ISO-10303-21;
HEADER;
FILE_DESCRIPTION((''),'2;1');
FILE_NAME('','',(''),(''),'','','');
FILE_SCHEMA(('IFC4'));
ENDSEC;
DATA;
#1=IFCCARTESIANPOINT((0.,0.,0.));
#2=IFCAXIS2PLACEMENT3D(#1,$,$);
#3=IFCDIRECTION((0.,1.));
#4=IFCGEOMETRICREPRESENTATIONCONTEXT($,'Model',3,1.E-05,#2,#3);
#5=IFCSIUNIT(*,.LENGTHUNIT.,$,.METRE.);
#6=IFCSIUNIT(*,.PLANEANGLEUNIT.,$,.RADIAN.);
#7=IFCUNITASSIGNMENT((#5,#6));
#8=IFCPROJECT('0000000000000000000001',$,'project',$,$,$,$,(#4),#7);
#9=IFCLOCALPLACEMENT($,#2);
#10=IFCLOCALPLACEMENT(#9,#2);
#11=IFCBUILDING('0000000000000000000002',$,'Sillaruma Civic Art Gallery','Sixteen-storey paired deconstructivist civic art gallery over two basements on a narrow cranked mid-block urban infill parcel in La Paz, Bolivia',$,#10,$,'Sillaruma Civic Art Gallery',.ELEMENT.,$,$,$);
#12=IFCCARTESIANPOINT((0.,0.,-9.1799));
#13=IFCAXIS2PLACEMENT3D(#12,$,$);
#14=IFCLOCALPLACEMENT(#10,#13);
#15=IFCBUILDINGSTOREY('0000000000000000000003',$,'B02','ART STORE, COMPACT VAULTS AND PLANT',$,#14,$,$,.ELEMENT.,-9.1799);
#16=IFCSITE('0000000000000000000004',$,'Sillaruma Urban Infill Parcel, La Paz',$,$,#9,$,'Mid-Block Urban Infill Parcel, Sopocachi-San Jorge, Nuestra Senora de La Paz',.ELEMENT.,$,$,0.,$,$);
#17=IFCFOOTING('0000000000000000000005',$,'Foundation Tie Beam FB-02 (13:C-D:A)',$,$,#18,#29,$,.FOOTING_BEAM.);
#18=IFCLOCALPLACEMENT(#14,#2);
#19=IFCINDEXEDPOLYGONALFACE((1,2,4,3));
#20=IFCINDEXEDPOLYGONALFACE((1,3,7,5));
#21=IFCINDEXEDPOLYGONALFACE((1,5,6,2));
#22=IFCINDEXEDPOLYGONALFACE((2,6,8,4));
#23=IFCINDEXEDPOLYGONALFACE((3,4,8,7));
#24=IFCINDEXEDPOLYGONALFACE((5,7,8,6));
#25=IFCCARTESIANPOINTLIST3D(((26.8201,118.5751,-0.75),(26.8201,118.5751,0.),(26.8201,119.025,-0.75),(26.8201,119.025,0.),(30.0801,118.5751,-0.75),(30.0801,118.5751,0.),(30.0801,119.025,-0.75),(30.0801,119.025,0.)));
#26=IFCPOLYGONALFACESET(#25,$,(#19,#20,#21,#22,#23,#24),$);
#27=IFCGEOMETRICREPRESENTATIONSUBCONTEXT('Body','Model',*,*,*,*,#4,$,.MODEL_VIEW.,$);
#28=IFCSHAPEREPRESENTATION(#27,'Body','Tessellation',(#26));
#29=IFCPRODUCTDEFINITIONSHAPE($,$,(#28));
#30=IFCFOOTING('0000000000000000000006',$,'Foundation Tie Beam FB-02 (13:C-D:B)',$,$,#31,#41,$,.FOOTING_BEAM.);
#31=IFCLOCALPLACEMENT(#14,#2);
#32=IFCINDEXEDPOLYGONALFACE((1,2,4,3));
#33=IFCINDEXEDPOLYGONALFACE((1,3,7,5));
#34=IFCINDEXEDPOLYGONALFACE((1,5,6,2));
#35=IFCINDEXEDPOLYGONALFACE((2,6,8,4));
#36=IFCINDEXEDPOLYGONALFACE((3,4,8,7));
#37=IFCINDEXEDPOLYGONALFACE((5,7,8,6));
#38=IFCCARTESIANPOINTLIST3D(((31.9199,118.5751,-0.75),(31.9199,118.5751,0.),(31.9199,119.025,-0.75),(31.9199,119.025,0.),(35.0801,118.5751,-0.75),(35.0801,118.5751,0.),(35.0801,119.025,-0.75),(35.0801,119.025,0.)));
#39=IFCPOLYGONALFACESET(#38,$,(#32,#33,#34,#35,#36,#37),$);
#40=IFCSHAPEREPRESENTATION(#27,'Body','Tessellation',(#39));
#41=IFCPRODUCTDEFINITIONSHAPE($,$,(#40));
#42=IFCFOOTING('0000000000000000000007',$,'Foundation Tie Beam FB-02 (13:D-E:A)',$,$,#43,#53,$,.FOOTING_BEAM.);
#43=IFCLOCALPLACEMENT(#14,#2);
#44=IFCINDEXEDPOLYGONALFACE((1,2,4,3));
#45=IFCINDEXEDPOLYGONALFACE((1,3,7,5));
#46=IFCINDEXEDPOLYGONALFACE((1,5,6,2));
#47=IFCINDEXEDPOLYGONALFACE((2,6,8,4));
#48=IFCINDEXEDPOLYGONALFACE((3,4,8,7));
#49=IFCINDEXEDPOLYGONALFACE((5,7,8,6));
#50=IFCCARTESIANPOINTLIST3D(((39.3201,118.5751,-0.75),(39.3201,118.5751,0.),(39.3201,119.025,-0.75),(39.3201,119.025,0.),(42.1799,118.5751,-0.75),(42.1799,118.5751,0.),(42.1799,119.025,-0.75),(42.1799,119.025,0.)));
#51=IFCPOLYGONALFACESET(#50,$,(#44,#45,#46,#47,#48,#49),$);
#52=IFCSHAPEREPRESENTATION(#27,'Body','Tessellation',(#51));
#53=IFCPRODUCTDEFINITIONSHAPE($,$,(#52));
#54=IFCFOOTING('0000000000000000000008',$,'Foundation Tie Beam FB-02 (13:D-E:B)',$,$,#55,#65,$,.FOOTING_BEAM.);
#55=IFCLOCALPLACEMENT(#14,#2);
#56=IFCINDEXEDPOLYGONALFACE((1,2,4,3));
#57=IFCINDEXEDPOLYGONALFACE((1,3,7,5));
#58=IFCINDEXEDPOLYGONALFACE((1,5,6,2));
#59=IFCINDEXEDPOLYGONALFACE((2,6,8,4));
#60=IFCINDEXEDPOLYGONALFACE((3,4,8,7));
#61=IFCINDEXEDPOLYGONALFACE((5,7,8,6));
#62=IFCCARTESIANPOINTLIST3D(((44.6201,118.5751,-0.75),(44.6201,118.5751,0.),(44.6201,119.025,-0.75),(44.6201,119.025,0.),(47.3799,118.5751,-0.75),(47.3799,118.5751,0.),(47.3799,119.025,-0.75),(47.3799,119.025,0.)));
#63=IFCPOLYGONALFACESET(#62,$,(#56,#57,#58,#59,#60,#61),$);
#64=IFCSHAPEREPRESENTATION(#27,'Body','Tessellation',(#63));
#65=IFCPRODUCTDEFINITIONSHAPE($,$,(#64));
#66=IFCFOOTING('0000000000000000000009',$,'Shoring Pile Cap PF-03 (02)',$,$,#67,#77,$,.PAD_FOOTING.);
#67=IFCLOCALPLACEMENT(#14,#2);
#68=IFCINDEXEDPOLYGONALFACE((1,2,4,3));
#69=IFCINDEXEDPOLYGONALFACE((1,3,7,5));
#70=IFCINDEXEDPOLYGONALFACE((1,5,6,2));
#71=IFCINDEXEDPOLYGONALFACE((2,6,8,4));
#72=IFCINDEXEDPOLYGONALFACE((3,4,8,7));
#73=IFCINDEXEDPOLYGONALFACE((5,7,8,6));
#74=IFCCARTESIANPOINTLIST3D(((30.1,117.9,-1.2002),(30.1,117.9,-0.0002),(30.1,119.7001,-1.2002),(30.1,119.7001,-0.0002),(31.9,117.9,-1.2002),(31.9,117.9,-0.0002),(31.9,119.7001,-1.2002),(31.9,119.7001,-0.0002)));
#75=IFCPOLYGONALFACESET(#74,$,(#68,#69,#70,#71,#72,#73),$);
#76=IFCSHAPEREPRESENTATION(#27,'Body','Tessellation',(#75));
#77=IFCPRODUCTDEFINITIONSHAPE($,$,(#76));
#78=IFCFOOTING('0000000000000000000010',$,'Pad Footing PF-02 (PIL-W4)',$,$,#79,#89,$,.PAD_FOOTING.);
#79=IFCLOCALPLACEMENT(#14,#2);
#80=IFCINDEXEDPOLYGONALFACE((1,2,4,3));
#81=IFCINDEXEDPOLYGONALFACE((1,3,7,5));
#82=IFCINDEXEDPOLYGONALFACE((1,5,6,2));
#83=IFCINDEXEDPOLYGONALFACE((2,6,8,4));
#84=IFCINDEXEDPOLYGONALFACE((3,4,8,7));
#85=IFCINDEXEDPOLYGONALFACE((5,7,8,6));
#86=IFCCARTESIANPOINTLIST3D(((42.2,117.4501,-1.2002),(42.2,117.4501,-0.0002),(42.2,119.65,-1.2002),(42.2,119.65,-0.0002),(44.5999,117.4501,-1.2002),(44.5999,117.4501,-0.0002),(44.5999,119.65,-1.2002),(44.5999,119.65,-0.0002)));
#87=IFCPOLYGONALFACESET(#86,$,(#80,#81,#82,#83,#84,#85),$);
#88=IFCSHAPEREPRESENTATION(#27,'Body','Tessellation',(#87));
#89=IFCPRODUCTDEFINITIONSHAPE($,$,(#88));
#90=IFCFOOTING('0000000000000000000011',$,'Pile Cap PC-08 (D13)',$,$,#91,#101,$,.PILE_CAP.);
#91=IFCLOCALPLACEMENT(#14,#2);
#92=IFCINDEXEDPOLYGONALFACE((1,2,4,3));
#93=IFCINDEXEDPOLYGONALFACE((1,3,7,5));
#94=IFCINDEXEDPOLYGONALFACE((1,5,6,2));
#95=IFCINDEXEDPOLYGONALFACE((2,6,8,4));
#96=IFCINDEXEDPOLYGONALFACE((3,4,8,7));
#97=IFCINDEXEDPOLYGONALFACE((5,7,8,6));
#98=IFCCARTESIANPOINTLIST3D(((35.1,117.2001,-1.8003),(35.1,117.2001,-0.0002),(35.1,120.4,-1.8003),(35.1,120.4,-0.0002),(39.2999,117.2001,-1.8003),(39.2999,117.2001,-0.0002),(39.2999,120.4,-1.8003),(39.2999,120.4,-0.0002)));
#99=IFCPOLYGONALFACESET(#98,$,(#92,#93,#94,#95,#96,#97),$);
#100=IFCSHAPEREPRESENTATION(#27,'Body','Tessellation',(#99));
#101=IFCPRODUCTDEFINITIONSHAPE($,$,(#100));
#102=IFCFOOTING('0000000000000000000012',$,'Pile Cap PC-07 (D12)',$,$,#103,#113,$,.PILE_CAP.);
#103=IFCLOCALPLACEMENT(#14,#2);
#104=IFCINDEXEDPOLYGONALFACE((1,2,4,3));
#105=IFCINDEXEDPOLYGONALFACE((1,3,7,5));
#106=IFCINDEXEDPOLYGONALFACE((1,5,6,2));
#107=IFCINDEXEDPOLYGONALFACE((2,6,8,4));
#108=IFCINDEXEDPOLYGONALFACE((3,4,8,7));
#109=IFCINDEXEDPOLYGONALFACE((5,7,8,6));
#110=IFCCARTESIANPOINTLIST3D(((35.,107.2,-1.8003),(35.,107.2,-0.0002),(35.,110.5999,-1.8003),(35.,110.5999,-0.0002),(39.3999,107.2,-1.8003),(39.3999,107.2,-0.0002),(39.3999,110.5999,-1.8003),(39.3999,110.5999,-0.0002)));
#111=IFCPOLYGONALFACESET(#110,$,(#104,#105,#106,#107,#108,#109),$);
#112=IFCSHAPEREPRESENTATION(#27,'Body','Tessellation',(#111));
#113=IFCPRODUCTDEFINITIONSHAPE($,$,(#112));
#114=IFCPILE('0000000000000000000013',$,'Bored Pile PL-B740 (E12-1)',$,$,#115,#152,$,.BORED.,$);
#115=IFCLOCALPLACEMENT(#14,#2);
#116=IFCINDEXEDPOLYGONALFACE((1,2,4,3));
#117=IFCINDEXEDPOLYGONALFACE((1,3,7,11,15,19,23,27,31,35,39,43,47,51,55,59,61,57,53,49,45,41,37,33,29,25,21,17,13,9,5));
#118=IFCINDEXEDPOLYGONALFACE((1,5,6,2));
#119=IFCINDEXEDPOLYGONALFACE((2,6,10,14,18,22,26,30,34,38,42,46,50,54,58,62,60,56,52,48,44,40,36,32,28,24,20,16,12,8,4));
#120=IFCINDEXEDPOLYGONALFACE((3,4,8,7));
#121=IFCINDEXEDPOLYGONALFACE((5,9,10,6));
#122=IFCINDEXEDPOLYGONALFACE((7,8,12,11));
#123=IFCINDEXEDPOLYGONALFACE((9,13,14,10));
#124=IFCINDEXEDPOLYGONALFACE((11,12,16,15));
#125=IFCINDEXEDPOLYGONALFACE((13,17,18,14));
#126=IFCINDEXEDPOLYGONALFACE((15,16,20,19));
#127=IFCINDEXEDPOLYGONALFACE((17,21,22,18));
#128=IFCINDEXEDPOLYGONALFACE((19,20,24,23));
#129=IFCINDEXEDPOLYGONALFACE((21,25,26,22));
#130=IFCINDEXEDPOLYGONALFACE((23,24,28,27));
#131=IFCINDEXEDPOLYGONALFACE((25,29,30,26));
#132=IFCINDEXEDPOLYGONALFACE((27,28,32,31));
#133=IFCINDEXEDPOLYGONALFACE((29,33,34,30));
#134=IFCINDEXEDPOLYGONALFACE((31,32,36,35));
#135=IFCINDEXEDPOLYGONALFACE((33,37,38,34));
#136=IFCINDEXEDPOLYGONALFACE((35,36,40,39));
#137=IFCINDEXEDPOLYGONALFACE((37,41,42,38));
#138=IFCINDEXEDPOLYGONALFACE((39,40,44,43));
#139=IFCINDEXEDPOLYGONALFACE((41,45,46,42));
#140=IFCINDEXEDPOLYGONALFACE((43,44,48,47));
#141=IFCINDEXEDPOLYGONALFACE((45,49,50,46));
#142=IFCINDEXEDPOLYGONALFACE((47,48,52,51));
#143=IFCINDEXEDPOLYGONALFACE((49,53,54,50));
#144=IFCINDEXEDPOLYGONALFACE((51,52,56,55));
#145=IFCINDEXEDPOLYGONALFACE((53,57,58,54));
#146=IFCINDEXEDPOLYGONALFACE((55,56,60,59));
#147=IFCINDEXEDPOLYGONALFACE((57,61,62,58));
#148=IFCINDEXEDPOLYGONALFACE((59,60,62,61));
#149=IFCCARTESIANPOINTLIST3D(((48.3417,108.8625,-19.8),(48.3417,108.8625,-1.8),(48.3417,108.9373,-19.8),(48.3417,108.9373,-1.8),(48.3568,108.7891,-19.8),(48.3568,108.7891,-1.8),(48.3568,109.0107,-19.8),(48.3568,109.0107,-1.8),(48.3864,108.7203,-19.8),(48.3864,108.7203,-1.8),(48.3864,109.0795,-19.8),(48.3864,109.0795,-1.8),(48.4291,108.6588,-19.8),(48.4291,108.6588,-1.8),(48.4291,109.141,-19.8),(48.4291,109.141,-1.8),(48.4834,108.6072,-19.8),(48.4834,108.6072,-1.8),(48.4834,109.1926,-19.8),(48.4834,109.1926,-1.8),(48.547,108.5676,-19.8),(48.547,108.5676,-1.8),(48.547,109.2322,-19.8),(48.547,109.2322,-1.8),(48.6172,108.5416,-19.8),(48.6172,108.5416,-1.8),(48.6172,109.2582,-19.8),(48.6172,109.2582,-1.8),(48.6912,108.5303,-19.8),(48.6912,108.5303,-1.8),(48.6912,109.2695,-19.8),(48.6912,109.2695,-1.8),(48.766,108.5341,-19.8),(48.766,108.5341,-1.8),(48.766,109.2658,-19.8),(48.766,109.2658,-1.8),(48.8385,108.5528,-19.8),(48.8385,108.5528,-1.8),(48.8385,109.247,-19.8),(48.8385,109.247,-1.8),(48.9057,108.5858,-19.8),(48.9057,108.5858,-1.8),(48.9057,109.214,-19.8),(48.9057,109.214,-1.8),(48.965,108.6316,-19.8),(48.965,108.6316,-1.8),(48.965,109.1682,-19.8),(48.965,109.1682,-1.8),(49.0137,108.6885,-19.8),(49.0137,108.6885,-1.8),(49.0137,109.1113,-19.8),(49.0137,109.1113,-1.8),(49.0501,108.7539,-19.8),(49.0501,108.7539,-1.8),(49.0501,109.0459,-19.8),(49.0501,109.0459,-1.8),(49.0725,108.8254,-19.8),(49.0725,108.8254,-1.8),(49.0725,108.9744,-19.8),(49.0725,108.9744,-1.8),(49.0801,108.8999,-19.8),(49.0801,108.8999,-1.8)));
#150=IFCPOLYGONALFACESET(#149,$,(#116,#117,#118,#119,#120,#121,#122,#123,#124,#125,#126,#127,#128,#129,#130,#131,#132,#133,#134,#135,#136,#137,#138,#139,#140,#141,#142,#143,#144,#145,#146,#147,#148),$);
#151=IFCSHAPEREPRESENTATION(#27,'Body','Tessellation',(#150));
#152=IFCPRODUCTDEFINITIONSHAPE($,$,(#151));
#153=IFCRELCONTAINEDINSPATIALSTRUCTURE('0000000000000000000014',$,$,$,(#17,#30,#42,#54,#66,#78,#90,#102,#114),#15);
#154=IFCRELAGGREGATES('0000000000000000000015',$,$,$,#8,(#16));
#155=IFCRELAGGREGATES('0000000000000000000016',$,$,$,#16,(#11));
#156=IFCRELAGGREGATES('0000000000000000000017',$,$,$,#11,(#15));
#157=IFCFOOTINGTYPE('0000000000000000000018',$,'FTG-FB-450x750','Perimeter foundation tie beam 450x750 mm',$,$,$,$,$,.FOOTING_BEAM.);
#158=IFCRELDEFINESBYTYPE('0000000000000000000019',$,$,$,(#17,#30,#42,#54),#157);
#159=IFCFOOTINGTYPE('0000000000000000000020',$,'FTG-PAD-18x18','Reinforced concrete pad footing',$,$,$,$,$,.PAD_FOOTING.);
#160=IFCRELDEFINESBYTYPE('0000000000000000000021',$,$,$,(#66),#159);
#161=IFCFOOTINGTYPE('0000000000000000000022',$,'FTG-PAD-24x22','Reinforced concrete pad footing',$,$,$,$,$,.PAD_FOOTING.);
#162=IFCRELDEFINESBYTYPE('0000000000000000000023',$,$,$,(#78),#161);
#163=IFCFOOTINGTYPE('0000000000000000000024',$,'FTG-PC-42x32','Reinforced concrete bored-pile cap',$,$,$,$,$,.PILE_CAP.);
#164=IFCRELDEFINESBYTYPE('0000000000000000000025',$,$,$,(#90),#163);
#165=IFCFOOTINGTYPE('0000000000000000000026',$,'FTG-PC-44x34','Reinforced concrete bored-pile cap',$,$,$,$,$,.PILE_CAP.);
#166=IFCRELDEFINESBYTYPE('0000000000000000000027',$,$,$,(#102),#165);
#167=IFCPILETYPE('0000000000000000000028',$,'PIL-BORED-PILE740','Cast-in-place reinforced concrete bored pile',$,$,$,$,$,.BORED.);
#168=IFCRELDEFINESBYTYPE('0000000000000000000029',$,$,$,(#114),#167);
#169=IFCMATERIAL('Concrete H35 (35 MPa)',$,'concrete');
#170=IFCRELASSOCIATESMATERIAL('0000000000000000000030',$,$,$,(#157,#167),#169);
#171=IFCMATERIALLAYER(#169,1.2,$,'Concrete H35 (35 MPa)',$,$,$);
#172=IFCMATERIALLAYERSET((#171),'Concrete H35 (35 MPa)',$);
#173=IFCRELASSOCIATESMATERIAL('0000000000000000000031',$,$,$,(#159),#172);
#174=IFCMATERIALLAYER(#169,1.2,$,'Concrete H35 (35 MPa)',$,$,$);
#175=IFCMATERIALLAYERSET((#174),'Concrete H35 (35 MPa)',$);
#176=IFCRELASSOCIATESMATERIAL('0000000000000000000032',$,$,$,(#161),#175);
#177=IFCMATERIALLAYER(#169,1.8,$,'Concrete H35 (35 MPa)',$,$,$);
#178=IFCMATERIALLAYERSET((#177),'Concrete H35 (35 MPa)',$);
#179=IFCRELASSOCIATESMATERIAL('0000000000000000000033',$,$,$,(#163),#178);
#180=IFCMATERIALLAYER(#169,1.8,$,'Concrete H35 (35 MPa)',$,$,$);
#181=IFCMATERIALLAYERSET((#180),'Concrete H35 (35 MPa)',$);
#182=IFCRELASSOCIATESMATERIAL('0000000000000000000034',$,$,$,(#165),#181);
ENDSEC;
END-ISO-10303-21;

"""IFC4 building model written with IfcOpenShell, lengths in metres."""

from ifc_helpers import new_model, si_unit, direction, frame, origin, origin_2d, place, context, subcontext, project, spatial, rectangle, circle, extrude, material, layer, layer_set, material_profile, profile_set, type_object, element, save


model = new_model("IFC4")

# Units and contexts
model_context = context("Model", 3, precision=1e-05, world=origin(), true_north=direction((0.0, 1.0)))
body_context = subcontext(model_context, "Body", "Model", "MODEL_VIEW")
ifc_project = project(units=[si_unit("LENGTHUNIT", "METRE"), si_unit("PLANEANGLEUNIT", "RADIAN")], contexts=[model_context])

# Site, building, storey
site_placement = place(None, origin())
site = spatial("IfcSite", under=ifc_project, at=site_placement, Name="Sillaruma Urban Infill Parcel, La Paz", LongName="Mid-Block Urban Infill Parcel, Sopocachi-San Jorge, Nuestra Senora de La Paz", CompositionType="ELEMENT", RefElevation=0.0)
building_placement = place(site_placement, origin())
building = spatial("IfcBuilding", under=site, at=building_placement, Name="Sillaruma Civic Art Gallery", Description="Sixteen-storey paired deconstructivist civic art gallery over two basements on a narrow cranked mid-block urban infill parcel in La Paz, Bolivia", LongName="Sillaruma Civic Art Gallery", CompositionType="ELEMENT")
storey_placement = place(building_placement, frame((0.0, 0.0, -9.1799)))
storey = spatial("IfcBuildingStorey", under=building, at=storey_placement, Name="B02", Description="ART STORE, COMPACT VAULTS AND PLANT", CompositionType="ELEMENT", Elevation=-9.1799)

# Footings
ifc_material_1 = material(Name="Concrete H35 (35 MPa)", Category="concrete")
ifc_material_profile_1 = material_profile(ifc_material_1, rectangle(XDim=0.45, YDim=0.75, at=origin_2d()), Name="RCB450x750")
ifc_profile_set_1 = profile_set([ifc_material_profile_1], Name="Concrete H35 (35 MPa)")
footing_type_1 = type_object("IfcFootingType", Name="FTG-FB-450x750", Description="Perimeter foundation tie beam 450x750 mm", PredefinedType="FOOTING_BEAM", material=ifc_profile_set_1)
footing_1_placement = place(storey_placement, frame((26.8201, 118.8, -0.375), z_axis=(1.0, 0.0, 0.0), x_axis=(0.0, 1.0, 0.0)))
element("IfcFooting", 1, at=footing_1_placement, inside=storey, type_object=footing_type_1, Name="Foundation Tie Beam FB-02 (13:C-D:A)", PredefinedType="FOOTING_BEAM", context=body_context, shape_type="SweptSolid", body=[
    extrude(rectangle(XDim=0.45, YDim=0.75, at=origin_2d()), origin(), (0.0, 0.0, 1.0), 3.26),
])
footing_2_placement = place(storey_placement, frame((31.9199, 118.8, -0.375), z_axis=(1.0, 0.0, 0.0), x_axis=(0.0, 1.0, 0.0)))
element("IfcFooting", 2, at=footing_2_placement, inside=storey, type_object=footing_type_1, Name="Foundation Tie Beam FB-02 (13:C-D:B)", PredefinedType="FOOTING_BEAM", context=body_context, shape_type="SweptSolid", body=[
    extrude(rectangle(XDim=0.45, YDim=0.75, at=origin_2d()), origin(), (0.0, 0.0, 1.0), 3.1602),
])
footing_3_placement = place(storey_placement, frame((39.3201, 118.8, -0.375), z_axis=(1.0, 0.0, 0.0), x_axis=(0.0, 1.0, 0.0)))
element("IfcFooting", 3, at=footing_3_placement, inside=storey, type_object=footing_type_1, Name="Foundation Tie Beam FB-02 (13:D-E:A)", PredefinedType="FOOTING_BEAM", context=body_context, shape_type="SweptSolid", body=[
    extrude(rectangle(XDim=0.45, YDim=0.75, at=origin_2d()), origin(), (0.0, 0.0, 1.0), 2.8599),
])
footing_4_placement = place(storey_placement, frame((44.6201, 118.8, -0.375), z_axis=(1.0, 0.0, 0.0), x_axis=(0.0, 1.0, 0.0)))
element("IfcFooting", 4, at=footing_4_placement, inside=storey, type_object=footing_type_1, Name="Foundation Tie Beam FB-02 (13:D-E:B)", PredefinedType="FOOTING_BEAM", context=body_context, shape_type="SweptSolid", body=[
    extrude(rectangle(XDim=0.45, YDim=0.75, at=origin_2d()), origin(), (0.0, 0.0, 1.0), 2.7598),
])
ifc_layer_1 = layer(ifc_material_1, 1.2, Name="Concrete H35 (35 MPa)")
ifc_layer_set_1 = layer_set([ifc_layer_1], Name="Concrete H35 (35 MPa)")
footing_type_2 = type_object("IfcFootingType", Name="FTG-PAD-18x18", Description="Reinforced concrete pad footing", PredefinedType="PAD_FOOTING", material=ifc_layer_set_1)
footing_5_placement = place(storey_placement, frame((31.0, 118.8, -1.2002), z_axis=(0.0, 0.0, 1.0), x_axis=(1.0, 0.0, 0.0)))
element("IfcFooting", 5, at=footing_5_placement, inside=storey, type_object=footing_type_2, Name="Shoring Pile Cap PF-03 (02)", PredefinedType="PAD_FOOTING", context=body_context, shape_type="SweptSolid", body=[
    extrude(rectangle(XDim=1.8, YDim=1.8, at=origin_2d()), origin(), (0.0, 0.0, 1.0), 1.2),
])
ifc_layer_2 = layer(ifc_material_1, 1.2, Name="Concrete H35 (35 MPa)")
ifc_layer_set_2 = layer_set([ifc_layer_2], Name="Concrete H35 (35 MPa)")
footing_type_3 = type_object("IfcFootingType", Name="FTG-PAD-24x22", Description="Reinforced concrete pad footing", PredefinedType="PAD_FOOTING", material=ifc_layer_set_2)
footing_6_placement = place(storey_placement, frame((43.3999, 118.55, -1.2002), z_axis=(0.0, 0.0, 1.0), x_axis=(1.0, 0.0, 0.0)))
element("IfcFooting", 6, at=footing_6_placement, inside=storey, type_object=footing_type_3, Name="Pad Footing PF-02 (PIL-W4)", PredefinedType="PAD_FOOTING", context=body_context, shape_type="SweptSolid", body=[
    extrude(rectangle(XDim=2.3999, YDim=2.2, at=origin_2d()), origin(), (0.0, 0.0, 1.0), 1.2),
])
ifc_layer_3 = layer(ifc_material_1, 1.8, Name="Concrete H35 (35 MPa)")
ifc_layer_set_3 = layer_set([ifc_layer_3], Name="Concrete H35 (35 MPa)")
footing_type_4 = type_object("IfcFootingType", Name="FTG-PC-42x32", Description="Reinforced concrete bored-pile cap", PredefinedType="PILE_CAP", material=ifc_layer_set_3)
footing_7_placement = place(storey_placement, frame((37.2, 118.8, -1.8003), z_axis=(0.0, 0.0, 1.0), x_axis=(1.0, 0.0, 0.0)))
element("IfcFooting", 7, at=footing_7_placement, inside=storey, type_object=footing_type_4, Name="Pile Cap PC-08 (D13)", PredefinedType="PILE_CAP", context=body_context, shape_type="SweptSolid", body=[
    extrude(rectangle(XDim=4.2, YDim=3.2, at=origin_2d()), origin(), (0.0, 0.0, 1.0), 1.8),
])
ifc_layer_4 = layer(ifc_material_1, 1.8, Name="Concrete H35 (35 MPa)")
ifc_layer_set_4 = layer_set([ifc_layer_4], Name="Concrete H35 (35 MPa)")
footing_type_5 = type_object("IfcFootingType", Name="FTG-PC-44x34", Description="Reinforced concrete bored-pile cap", PredefinedType="PILE_CAP", material=ifc_layer_set_4)
footing_8_placement = place(storey_placement, frame((37.2, 108.8999, -1.8003), z_axis=(0.0, 0.0, 1.0), x_axis=(1.0, 0.0, 0.0)))
element("IfcFooting", 8, at=footing_8_placement, inside=storey, type_object=footing_type_5, Name="Pile Cap PC-07 (D12)", PredefinedType="PILE_CAP", context=body_context, shape_type="SweptSolid", body=[
    extrude(rectangle(XDim=4.3999, YDim=3.3999, at=origin_2d()), origin(), (0.0, 0.0, 1.0), 1.8),
])

# Pile
ifc_material_profile_2 = material_profile(ifc_material_1, circle(Radius=0.3701, at=origin_2d()), Name="PILE740")
ifc_profile_set_2 = profile_set([ifc_material_profile_2], Name="Concrete H35 (35 MPa)")
pile_type_1 = type_object("IfcPileType", Name="PIL-BORED-PILE740", Description="Cast-in-place reinforced concrete bored pile", PredefinedType="BORED", material=ifc_profile_set_2)
pile_1_placement = place(storey_placement, frame((48.71, 108.8999, -1.8), z_axis=(0.0, 0.0, -1.0), x_axis=(1.0, 0.0, 0.0)))
element("IfcPile", 9, at=pile_1_placement, inside=storey, type_object=pile_type_1, Name="Bored Pile PL-B740 (E12-1)", PredefinedType="BORED", context=body_context, shape_type="SweptSolid", body=[
    extrude(circle(Radius=0.3701, at=origin_2d()), origin(), (0.0, 0.0, 1.0), 18.0),
])

save(model, "model.ifc")
